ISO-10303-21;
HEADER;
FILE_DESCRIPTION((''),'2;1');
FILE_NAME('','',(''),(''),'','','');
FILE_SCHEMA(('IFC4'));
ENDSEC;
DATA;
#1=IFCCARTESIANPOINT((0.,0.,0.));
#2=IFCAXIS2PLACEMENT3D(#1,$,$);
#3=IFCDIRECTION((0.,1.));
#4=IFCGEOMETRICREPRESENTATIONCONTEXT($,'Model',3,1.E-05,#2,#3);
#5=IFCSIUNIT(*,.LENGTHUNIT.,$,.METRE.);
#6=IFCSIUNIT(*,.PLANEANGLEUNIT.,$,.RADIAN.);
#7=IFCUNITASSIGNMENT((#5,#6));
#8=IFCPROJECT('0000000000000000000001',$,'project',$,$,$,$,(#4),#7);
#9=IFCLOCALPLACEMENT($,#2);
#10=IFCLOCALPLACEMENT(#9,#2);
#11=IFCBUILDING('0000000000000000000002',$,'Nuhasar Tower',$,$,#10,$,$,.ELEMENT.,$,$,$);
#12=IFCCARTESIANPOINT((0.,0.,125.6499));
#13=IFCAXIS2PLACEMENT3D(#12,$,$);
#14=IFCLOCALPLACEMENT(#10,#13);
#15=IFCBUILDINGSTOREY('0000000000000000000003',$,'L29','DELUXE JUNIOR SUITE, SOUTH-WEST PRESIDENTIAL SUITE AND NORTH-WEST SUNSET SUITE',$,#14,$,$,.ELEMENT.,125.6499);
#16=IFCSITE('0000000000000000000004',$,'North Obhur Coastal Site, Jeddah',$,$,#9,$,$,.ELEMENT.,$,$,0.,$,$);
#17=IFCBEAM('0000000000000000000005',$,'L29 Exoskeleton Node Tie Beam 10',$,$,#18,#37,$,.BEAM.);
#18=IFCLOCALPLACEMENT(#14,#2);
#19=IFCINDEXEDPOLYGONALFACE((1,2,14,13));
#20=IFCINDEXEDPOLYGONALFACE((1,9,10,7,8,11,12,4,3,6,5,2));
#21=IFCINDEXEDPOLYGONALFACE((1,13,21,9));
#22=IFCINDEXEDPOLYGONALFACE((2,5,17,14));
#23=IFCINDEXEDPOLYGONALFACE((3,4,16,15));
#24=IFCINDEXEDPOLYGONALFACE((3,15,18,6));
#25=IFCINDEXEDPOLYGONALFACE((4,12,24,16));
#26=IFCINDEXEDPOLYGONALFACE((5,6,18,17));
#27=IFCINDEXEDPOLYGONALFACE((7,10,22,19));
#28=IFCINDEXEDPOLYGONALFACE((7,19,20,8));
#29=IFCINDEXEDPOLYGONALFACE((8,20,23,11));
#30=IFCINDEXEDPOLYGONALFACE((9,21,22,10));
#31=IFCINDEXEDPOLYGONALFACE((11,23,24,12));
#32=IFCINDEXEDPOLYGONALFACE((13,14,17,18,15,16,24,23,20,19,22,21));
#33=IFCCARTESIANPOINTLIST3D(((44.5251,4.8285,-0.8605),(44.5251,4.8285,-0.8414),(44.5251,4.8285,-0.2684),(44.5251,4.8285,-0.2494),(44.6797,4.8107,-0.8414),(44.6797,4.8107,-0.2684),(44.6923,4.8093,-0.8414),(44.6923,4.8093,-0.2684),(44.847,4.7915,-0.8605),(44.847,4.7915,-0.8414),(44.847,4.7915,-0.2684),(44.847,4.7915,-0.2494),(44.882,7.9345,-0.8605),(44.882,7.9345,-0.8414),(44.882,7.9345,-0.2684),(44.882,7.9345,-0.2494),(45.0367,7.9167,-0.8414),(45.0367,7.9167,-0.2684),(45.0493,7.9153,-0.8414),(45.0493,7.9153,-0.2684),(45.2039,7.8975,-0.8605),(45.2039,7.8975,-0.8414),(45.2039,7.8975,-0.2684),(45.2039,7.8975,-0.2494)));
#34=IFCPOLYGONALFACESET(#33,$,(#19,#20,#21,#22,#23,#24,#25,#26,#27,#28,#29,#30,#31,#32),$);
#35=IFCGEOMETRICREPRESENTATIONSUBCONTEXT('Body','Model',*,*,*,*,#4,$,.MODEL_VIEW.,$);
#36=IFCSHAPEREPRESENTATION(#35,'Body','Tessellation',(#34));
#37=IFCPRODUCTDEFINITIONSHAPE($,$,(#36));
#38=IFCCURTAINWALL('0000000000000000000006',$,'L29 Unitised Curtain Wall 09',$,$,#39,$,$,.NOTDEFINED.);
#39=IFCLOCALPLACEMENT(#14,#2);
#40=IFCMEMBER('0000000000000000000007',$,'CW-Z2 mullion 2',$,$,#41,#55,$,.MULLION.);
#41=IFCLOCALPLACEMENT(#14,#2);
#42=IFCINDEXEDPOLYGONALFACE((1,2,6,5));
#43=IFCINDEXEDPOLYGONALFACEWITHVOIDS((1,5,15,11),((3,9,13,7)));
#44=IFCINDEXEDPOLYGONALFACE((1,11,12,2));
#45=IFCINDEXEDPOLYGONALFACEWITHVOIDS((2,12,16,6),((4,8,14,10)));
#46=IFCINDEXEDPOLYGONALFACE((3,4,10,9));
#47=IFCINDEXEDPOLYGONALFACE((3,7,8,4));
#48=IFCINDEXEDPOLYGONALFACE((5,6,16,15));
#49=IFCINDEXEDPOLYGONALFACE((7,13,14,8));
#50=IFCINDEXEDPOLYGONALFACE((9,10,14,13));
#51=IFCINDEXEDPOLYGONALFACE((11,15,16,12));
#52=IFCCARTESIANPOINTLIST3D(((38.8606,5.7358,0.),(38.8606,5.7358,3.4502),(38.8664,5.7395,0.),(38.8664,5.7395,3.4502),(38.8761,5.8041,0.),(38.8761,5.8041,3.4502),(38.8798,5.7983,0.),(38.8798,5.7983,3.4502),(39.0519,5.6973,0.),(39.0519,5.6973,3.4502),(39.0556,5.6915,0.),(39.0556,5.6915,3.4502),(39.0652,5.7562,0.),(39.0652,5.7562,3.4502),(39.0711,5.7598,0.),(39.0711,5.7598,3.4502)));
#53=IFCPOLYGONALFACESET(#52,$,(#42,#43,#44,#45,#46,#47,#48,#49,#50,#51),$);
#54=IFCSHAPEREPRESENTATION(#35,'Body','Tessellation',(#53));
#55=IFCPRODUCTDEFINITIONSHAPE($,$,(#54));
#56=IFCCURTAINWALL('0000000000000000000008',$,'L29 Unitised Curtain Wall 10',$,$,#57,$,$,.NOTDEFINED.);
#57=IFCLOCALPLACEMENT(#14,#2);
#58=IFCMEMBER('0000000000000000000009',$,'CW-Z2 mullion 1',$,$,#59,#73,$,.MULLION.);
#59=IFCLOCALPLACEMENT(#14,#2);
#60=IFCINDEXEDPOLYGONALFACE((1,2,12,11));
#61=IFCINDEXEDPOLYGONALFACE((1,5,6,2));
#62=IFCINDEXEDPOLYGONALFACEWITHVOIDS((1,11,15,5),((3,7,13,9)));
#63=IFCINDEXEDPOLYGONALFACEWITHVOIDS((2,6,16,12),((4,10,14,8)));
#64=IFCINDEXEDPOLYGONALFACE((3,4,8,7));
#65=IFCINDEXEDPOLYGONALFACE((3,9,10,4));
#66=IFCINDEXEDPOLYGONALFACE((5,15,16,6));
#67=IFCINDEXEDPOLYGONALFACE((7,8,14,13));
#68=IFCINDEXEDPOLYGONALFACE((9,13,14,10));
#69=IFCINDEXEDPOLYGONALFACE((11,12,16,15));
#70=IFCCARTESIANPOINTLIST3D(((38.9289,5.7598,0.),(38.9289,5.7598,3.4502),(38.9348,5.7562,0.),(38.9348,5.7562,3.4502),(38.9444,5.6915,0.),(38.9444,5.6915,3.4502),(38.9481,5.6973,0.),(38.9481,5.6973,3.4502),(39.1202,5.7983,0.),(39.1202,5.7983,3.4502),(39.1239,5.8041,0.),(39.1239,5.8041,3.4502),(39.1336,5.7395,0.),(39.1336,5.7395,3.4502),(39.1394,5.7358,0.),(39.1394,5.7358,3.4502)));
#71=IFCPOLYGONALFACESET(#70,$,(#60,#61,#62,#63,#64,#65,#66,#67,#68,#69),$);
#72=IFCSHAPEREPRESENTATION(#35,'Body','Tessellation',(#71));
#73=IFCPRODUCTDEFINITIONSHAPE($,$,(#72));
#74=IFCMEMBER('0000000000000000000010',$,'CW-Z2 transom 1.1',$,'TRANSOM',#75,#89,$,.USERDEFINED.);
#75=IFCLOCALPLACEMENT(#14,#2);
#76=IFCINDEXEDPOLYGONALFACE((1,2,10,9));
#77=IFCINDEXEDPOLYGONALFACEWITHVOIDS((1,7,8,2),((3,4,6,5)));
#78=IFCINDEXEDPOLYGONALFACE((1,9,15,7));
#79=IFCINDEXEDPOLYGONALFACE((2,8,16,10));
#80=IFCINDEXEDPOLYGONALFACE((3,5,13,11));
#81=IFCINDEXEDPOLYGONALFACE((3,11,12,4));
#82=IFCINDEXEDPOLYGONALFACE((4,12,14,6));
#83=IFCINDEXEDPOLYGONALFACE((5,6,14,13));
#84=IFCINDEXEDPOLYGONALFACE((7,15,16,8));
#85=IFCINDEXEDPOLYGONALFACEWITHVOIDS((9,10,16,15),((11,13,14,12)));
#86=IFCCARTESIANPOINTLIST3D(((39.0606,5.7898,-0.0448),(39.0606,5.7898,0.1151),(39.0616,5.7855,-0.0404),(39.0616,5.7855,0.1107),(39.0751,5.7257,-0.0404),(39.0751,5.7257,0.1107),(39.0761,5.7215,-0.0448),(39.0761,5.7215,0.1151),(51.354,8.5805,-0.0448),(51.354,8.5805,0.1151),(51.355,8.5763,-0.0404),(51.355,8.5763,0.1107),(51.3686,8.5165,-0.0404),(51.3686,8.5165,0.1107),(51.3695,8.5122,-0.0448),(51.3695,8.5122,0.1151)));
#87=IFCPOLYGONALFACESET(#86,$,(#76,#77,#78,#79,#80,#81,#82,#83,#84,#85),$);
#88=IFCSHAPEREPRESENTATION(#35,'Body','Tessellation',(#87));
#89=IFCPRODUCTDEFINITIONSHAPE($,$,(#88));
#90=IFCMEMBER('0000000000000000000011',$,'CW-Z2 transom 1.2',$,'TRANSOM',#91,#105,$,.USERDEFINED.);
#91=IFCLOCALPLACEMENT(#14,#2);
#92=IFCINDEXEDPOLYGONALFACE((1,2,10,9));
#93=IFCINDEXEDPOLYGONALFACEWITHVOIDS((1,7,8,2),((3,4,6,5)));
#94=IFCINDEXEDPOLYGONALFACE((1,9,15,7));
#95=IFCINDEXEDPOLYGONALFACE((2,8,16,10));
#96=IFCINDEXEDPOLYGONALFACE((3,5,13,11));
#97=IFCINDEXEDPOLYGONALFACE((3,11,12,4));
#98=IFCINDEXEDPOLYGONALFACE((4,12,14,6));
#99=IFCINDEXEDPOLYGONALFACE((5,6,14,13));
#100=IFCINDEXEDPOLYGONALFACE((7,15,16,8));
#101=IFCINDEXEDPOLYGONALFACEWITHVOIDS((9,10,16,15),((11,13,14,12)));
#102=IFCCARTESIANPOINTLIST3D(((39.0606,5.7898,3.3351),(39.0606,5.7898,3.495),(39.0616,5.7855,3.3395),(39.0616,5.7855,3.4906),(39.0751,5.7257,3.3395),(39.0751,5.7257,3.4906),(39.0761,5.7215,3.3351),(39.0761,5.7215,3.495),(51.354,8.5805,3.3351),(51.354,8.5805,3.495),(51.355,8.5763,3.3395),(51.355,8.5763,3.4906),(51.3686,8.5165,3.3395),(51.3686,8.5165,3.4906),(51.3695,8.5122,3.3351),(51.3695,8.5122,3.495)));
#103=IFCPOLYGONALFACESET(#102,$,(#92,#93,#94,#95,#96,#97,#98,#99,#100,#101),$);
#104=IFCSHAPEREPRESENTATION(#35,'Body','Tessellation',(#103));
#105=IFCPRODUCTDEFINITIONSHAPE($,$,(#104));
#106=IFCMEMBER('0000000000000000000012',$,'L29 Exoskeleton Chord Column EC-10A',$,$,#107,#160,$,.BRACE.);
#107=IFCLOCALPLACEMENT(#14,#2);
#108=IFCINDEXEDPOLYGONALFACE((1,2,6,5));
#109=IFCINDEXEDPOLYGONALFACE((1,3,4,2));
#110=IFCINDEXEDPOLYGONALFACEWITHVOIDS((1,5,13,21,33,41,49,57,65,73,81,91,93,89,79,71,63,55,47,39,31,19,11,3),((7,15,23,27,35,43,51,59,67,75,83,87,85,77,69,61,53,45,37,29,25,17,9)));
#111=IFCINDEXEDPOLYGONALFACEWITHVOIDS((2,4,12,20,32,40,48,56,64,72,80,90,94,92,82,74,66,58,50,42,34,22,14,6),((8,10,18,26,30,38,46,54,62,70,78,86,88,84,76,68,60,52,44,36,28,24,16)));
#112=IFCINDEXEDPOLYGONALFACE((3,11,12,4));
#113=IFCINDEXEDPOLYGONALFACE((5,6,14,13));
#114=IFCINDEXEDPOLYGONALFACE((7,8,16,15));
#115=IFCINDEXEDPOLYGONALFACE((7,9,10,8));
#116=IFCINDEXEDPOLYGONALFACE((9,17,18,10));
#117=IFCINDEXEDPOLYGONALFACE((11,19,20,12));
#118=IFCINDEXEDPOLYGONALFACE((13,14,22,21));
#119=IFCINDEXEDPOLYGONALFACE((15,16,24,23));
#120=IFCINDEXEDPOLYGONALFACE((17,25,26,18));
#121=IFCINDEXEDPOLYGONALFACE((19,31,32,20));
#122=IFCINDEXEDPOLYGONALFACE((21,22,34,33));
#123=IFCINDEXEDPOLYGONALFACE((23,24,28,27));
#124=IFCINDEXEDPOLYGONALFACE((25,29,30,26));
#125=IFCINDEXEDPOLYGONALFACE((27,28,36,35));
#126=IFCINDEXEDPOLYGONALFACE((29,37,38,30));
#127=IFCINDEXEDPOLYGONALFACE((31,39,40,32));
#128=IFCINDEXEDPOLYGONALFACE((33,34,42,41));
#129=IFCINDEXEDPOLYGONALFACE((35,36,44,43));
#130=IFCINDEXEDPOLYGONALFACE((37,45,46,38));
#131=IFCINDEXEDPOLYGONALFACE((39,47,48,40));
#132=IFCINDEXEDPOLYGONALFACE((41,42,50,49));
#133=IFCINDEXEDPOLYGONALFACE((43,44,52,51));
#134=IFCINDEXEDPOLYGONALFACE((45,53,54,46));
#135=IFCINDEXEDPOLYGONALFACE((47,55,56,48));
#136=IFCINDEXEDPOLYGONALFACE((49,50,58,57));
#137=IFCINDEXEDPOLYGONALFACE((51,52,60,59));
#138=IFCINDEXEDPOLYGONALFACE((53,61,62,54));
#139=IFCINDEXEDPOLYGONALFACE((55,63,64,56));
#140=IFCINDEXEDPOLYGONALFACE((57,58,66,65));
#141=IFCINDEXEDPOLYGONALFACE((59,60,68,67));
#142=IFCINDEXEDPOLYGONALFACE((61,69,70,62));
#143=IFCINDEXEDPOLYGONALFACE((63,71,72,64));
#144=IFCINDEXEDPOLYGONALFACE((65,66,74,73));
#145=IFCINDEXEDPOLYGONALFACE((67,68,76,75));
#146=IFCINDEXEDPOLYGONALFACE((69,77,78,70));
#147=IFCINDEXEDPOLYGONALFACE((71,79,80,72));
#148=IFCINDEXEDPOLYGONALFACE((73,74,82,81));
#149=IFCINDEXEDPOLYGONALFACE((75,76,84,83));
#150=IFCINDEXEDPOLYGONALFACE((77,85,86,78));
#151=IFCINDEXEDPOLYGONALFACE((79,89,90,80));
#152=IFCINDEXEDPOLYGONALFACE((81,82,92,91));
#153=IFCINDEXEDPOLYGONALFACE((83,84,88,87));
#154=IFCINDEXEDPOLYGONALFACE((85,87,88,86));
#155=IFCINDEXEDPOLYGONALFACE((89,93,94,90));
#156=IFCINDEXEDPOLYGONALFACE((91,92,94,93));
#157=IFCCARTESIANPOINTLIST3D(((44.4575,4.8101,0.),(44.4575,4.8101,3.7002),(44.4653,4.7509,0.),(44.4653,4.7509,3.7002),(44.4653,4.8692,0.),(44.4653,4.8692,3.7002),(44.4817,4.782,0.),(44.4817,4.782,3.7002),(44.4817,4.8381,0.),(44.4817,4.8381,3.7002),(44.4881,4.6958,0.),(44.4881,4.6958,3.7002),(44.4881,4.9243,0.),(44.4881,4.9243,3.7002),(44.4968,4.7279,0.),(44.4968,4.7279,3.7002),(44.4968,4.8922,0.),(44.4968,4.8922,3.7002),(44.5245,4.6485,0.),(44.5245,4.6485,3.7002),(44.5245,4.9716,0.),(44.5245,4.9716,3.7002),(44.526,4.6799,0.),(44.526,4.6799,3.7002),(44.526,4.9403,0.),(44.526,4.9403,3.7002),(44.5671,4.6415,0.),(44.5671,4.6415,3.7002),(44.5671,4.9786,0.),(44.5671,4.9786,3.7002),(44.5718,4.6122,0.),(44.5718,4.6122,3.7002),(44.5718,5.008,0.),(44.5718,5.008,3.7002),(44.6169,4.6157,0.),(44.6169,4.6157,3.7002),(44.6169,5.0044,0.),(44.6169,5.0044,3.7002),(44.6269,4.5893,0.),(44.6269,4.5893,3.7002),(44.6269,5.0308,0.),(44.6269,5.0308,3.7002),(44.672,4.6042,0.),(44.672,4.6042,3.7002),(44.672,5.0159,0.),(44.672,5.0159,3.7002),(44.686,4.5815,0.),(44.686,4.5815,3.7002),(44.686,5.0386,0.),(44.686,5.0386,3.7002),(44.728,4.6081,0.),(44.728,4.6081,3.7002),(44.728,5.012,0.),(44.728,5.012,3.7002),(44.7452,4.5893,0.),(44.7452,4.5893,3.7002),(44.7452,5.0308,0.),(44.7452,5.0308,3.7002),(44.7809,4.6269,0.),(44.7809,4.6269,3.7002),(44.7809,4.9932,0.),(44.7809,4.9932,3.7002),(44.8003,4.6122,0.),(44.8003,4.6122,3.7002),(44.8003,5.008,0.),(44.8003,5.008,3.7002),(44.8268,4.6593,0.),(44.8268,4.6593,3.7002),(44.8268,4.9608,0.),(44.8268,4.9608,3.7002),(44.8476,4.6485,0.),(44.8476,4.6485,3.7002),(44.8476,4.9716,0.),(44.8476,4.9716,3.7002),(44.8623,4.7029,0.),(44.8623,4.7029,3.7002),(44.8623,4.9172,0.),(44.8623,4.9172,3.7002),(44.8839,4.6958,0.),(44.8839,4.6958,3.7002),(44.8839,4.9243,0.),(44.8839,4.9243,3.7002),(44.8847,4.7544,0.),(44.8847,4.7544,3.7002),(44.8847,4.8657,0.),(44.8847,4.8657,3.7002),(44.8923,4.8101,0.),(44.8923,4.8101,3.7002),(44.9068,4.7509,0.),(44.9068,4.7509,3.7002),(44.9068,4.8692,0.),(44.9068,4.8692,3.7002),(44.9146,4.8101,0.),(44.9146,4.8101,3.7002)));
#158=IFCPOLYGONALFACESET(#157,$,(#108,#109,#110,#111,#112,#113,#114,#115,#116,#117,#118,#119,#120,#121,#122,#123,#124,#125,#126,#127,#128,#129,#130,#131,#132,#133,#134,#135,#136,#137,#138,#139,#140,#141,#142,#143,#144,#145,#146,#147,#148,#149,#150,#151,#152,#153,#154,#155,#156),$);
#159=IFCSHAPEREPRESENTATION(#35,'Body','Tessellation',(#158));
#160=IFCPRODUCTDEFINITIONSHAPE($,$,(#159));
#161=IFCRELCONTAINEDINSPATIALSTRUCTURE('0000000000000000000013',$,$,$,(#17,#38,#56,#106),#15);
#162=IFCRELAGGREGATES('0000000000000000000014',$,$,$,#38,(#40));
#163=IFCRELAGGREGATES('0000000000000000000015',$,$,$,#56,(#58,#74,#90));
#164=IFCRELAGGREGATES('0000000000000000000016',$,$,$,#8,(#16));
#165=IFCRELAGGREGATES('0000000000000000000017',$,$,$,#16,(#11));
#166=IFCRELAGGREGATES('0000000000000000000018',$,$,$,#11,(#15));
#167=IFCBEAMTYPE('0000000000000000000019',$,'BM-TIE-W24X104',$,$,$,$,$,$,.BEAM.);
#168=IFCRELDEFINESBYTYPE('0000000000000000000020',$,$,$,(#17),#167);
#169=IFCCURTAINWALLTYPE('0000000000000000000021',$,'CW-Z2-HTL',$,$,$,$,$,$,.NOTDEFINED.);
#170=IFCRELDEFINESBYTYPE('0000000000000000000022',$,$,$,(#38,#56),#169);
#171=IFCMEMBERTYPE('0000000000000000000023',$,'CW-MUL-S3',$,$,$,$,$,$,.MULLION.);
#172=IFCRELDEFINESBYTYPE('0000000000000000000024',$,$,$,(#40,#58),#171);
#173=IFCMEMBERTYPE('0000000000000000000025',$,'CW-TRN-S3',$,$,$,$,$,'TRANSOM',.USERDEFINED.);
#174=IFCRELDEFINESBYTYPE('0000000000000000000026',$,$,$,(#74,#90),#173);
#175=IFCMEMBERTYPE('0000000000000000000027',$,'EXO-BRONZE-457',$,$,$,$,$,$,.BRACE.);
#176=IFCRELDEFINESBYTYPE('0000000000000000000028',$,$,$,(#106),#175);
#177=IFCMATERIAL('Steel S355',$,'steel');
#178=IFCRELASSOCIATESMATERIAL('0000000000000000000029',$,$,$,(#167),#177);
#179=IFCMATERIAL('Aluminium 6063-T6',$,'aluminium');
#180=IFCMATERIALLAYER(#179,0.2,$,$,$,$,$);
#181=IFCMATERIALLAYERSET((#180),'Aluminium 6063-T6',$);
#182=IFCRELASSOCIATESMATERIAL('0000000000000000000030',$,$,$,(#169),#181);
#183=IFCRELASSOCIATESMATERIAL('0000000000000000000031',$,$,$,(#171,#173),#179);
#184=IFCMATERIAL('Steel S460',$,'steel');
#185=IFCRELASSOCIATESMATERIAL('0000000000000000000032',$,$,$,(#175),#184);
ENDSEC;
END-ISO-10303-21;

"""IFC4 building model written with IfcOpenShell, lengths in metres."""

from ifc_helpers import new_model, si_unit, direction, frame, origin, origin_2d, place, context, subcontext, project, spatial, hollow_rectangle, hollow_circle, i_section, extrude, material, layer, layer_set, material_profile, profile_set, type_object, element, aggregate, save


model = new_model("IFC4")

# Units and contexts
model_context = context("Model", 3, precision=1e-05, world=origin(), true_north=direction((0.0, 1.0)))
body_context = subcontext(model_context, "Body", "Model", "MODEL_VIEW")
ifc_project = project(units=[si_unit("LENGTHUNIT", "METRE"), si_unit("PLANEANGLEUNIT", "RADIAN")], contexts=[model_context])

# Site, building, storey
site_placement = place(None, origin())
site = spatial("IfcSite", under=ifc_project, at=site_placement, Name="North Obhur Coastal Site, Jeddah", CompositionType="ELEMENT", RefElevation=0.0)
building_placement = place(site_placement, origin())
building = spatial("IfcBuilding", under=site, at=building_placement, Name="Nuhasar Tower", CompositionType="ELEMENT")
storey_placement = place(building_placement, frame((0.0, 0.0, 125.6499)))
storey = spatial("IfcBuildingStorey", under=building, at=storey_placement, Name="L29", Description="DELUXE JUNIOR SUITE, SOUTH-WEST PRESIDENTIAL SUITE AND NORTH-WEST SUNSET SUITE", CompositionType="ELEMENT", Elevation=125.6499)

# Beam
ifc_material_1 = material(Name="Steel S355", Category="steel")
ifc_material_profile_1 = material_profile(ifc_material_1, i_section(OverallWidth=0.324, OverallDepth=0.6111, WebThickness=0.0127, FlangeThickness=0.019, at=origin_2d()), Name="W24X104")
ifc_profile_set_1 = profile_set([ifc_material_profile_1], Name="Steel S355")
beam_type_1 = type_object("IfcBeamType", Name="BM-TIE-W24X104", PredefinedType="BEAM", material=ifc_profile_set_1)
beam_1_placement = place(storey_placement, frame((45.043, 7.916, -0.5549), z_axis=(-0.114168, -0.993461, 0.0), x_axis=(0.993461, -0.114168, 0.0)))
element("IfcBeam", 1, at=beam_1_placement, inside=storey, type_object=beam_type_1, Name="L29 Exoskeleton Node Tie Beam 10", PredefinedType="BEAM", context=body_context, shape_type="SweptSolid", body=[
    extrude(i_section(OverallWidth=0.324, OverallDepth=0.6111, WebThickness=0.0127, FlangeThickness=0.019, at=origin_2d()), origin(), (0.0, 0.0, 1.0), 3.1265),
])

# Curtain wall, member
ifc_material_2 = material(Name="Aluminium 6063-T6", Category="aluminium")
ifc_layer_1 = layer(ifc_material_2, 0.2)
ifc_layer_set_1 = layer_set([ifc_layer_1], Name="Aluminium 6063-T6")
curtain_wall_type = type_object("IfcCurtainWallType", Name="CW-Z2-HTL", PredefinedType="NOTDEFINED", material=ifc_layer_set_1)
curtain_wall_1_placement = place(storey_placement, origin())
curtain_wall_1 = element("IfcCurtainWall", 2, at=curtain_wall_1_placement, inside=storey, type_object=curtain_wall_type, Name="L29 Unitised Curtain Wall 09", PredefinedType="NOTDEFINED")
ifc_material_profile_2 = material_profile(ifc_material_2, hollow_rectangle(XDim=0.0701, YDim=0.2, WallThickness=0.0049, at=origin_2d()), Name="CWM-3")
ifc_profile_set_2 = profile_set([ifc_material_profile_2], Name="Aluminium 6063-T6")
member_type_1 = type_object("IfcMemberType", Name="CW-MUL-S3", PredefinedType="MULLION", material=ifc_profile_set_2)
member_1_placement = place(storey_placement, frame((38.9658, 5.7478, 0.0), z_axis=(0.0, 0.0, 1.0), x_axis=(0.221397, 0.975184, 0.0)))
member_1 = element("IfcMember", 3, at=member_1_placement, type_object=member_type_1, Name="CW-Z2 mullion 2", PredefinedType="MULLION", context=body_context, shape_type="SweptSolid", body=[
    extrude(hollow_rectangle(XDim=0.0701, YDim=0.2, WallThickness=0.0049, at=origin_2d()), origin(), (0.0, 0.0, 1.0), 3.4502),
])
aggregate(curtain_wall_1, [member_1])

# Curtain wall, members
curtain_wall_2_placement = place(storey_placement, origin())
curtain_wall_2 = element("IfcCurtainWall", 4, at=curtain_wall_2_placement, inside=storey, type_object=curtain_wall_type, Name="L29 Unitised Curtain Wall 10", PredefinedType="NOTDEFINED")
member_2_placement = place(storey_placement, frame((39.0342, 5.7478, 0.0), z_axis=(0.0, 0.0, 1.0), x_axis=(-0.221397, 0.975184, 0.0)))
member_2 = element("IfcMember", 5, at=member_2_placement, type_object=member_type_1, Name="CW-Z2 mullion 1", PredefinedType="MULLION", context=body_context, shape_type="SweptSolid", body=[
    extrude(hollow_rectangle(XDim=0.0701, YDim=0.2, WallThickness=0.0049, at=origin_2d()), origin(), (0.0, 0.0, 1.0), 3.4502),
])
ifc_material_profile_3 = material_profile(ifc_material_2, hollow_rectangle(XDim=0.0701, YDim=0.1599, WallThickness=0.0044, at=origin_2d()), Name="CWT-3")
ifc_profile_set_3 = profile_set([ifc_material_profile_3], Name="Aluminium 6063-T6")
member_type_2 = type_object("IfcMemberType", Name="CW-TRN-S3", ElementType="TRANSOM", PredefinedType="USERDEFINED", material=ifc_profile_set_3)
member_3_placement = place(storey_placement, frame((39.0684, 5.7556, 0.0352), z_axis=(0.975188, 0.22138, 0.0), x_axis=(-0.22138, 0.975188, 0.0)))
member_3 = element("IfcMember", 6, at=member_3_placement, type_object=member_type_2, Name="CW-Z2 transom 1.1", ObjectType="TRANSOM", PredefinedType="USERDEFINED", context=body_context, shape_type="SweptSolid", body=[
    extrude(hollow_rectangle(XDim=0.0701, YDim=0.1599, WallThickness=0.0044, at=origin_2d()), origin(), (0.0, 0.0, 1.0), 12.6062),
])
member_4_placement = place(storey_placement, frame((39.0684, 5.7556, 3.415), z_axis=(0.975188, 0.22138, 0.0), x_axis=(-0.22138, 0.975188, 0.0)))
member_4 = element("IfcMember", 7, at=member_4_placement, type_object=member_type_2, Name="CW-Z2 transom 1.2", ObjectType="TRANSOM", PredefinedType="USERDEFINED", context=body_context, shape_type="SweptSolid", body=[
    extrude(hollow_rectangle(XDim=0.0701, YDim=0.1599, WallThickness=0.0044, at=origin_2d()), origin(), (0.0, 0.0, 1.0), 12.6062),
])

# Member
ifc_material_3 = material(Name="Steel S460", Category="steel")
ifc_material_profile_4 = material_profile(ifc_material_3, hollow_circle(Radius=0.2285, WallThickness=0.0222, at=origin_2d()), Name="HSS457X22.2")
ifc_profile_set_4 = profile_set([ifc_material_profile_4], Name="Steel S460")
member_type_3 = type_object("IfcMemberType", Name="EXO-BRONZE-457", PredefinedType="BRACE", material=ifc_profile_set_4)
member_5_placement = place(storey_placement, frame((44.686, 4.8101, 0.0), z_axis=(0.0, 0.0, 1.0), x_axis=(1.0, 0.0, 0.0)))
element("IfcMember", 8, at=member_5_placement, inside=storey, type_object=member_type_3, Name="L29 Exoskeleton Chord Column EC-10A", PredefinedType="BRACE", context=body_context, shape_type="SweptSolid", body=[
    extrude(hollow_circle(Radius=0.2285, WallThickness=0.0222, at=origin_2d()), origin(), (0.0, 0.0, 1.0), 3.7002),
])

aggregate(curtain_wall_2, [member_2, member_3, member_4])

save(model, "model.ifc")
